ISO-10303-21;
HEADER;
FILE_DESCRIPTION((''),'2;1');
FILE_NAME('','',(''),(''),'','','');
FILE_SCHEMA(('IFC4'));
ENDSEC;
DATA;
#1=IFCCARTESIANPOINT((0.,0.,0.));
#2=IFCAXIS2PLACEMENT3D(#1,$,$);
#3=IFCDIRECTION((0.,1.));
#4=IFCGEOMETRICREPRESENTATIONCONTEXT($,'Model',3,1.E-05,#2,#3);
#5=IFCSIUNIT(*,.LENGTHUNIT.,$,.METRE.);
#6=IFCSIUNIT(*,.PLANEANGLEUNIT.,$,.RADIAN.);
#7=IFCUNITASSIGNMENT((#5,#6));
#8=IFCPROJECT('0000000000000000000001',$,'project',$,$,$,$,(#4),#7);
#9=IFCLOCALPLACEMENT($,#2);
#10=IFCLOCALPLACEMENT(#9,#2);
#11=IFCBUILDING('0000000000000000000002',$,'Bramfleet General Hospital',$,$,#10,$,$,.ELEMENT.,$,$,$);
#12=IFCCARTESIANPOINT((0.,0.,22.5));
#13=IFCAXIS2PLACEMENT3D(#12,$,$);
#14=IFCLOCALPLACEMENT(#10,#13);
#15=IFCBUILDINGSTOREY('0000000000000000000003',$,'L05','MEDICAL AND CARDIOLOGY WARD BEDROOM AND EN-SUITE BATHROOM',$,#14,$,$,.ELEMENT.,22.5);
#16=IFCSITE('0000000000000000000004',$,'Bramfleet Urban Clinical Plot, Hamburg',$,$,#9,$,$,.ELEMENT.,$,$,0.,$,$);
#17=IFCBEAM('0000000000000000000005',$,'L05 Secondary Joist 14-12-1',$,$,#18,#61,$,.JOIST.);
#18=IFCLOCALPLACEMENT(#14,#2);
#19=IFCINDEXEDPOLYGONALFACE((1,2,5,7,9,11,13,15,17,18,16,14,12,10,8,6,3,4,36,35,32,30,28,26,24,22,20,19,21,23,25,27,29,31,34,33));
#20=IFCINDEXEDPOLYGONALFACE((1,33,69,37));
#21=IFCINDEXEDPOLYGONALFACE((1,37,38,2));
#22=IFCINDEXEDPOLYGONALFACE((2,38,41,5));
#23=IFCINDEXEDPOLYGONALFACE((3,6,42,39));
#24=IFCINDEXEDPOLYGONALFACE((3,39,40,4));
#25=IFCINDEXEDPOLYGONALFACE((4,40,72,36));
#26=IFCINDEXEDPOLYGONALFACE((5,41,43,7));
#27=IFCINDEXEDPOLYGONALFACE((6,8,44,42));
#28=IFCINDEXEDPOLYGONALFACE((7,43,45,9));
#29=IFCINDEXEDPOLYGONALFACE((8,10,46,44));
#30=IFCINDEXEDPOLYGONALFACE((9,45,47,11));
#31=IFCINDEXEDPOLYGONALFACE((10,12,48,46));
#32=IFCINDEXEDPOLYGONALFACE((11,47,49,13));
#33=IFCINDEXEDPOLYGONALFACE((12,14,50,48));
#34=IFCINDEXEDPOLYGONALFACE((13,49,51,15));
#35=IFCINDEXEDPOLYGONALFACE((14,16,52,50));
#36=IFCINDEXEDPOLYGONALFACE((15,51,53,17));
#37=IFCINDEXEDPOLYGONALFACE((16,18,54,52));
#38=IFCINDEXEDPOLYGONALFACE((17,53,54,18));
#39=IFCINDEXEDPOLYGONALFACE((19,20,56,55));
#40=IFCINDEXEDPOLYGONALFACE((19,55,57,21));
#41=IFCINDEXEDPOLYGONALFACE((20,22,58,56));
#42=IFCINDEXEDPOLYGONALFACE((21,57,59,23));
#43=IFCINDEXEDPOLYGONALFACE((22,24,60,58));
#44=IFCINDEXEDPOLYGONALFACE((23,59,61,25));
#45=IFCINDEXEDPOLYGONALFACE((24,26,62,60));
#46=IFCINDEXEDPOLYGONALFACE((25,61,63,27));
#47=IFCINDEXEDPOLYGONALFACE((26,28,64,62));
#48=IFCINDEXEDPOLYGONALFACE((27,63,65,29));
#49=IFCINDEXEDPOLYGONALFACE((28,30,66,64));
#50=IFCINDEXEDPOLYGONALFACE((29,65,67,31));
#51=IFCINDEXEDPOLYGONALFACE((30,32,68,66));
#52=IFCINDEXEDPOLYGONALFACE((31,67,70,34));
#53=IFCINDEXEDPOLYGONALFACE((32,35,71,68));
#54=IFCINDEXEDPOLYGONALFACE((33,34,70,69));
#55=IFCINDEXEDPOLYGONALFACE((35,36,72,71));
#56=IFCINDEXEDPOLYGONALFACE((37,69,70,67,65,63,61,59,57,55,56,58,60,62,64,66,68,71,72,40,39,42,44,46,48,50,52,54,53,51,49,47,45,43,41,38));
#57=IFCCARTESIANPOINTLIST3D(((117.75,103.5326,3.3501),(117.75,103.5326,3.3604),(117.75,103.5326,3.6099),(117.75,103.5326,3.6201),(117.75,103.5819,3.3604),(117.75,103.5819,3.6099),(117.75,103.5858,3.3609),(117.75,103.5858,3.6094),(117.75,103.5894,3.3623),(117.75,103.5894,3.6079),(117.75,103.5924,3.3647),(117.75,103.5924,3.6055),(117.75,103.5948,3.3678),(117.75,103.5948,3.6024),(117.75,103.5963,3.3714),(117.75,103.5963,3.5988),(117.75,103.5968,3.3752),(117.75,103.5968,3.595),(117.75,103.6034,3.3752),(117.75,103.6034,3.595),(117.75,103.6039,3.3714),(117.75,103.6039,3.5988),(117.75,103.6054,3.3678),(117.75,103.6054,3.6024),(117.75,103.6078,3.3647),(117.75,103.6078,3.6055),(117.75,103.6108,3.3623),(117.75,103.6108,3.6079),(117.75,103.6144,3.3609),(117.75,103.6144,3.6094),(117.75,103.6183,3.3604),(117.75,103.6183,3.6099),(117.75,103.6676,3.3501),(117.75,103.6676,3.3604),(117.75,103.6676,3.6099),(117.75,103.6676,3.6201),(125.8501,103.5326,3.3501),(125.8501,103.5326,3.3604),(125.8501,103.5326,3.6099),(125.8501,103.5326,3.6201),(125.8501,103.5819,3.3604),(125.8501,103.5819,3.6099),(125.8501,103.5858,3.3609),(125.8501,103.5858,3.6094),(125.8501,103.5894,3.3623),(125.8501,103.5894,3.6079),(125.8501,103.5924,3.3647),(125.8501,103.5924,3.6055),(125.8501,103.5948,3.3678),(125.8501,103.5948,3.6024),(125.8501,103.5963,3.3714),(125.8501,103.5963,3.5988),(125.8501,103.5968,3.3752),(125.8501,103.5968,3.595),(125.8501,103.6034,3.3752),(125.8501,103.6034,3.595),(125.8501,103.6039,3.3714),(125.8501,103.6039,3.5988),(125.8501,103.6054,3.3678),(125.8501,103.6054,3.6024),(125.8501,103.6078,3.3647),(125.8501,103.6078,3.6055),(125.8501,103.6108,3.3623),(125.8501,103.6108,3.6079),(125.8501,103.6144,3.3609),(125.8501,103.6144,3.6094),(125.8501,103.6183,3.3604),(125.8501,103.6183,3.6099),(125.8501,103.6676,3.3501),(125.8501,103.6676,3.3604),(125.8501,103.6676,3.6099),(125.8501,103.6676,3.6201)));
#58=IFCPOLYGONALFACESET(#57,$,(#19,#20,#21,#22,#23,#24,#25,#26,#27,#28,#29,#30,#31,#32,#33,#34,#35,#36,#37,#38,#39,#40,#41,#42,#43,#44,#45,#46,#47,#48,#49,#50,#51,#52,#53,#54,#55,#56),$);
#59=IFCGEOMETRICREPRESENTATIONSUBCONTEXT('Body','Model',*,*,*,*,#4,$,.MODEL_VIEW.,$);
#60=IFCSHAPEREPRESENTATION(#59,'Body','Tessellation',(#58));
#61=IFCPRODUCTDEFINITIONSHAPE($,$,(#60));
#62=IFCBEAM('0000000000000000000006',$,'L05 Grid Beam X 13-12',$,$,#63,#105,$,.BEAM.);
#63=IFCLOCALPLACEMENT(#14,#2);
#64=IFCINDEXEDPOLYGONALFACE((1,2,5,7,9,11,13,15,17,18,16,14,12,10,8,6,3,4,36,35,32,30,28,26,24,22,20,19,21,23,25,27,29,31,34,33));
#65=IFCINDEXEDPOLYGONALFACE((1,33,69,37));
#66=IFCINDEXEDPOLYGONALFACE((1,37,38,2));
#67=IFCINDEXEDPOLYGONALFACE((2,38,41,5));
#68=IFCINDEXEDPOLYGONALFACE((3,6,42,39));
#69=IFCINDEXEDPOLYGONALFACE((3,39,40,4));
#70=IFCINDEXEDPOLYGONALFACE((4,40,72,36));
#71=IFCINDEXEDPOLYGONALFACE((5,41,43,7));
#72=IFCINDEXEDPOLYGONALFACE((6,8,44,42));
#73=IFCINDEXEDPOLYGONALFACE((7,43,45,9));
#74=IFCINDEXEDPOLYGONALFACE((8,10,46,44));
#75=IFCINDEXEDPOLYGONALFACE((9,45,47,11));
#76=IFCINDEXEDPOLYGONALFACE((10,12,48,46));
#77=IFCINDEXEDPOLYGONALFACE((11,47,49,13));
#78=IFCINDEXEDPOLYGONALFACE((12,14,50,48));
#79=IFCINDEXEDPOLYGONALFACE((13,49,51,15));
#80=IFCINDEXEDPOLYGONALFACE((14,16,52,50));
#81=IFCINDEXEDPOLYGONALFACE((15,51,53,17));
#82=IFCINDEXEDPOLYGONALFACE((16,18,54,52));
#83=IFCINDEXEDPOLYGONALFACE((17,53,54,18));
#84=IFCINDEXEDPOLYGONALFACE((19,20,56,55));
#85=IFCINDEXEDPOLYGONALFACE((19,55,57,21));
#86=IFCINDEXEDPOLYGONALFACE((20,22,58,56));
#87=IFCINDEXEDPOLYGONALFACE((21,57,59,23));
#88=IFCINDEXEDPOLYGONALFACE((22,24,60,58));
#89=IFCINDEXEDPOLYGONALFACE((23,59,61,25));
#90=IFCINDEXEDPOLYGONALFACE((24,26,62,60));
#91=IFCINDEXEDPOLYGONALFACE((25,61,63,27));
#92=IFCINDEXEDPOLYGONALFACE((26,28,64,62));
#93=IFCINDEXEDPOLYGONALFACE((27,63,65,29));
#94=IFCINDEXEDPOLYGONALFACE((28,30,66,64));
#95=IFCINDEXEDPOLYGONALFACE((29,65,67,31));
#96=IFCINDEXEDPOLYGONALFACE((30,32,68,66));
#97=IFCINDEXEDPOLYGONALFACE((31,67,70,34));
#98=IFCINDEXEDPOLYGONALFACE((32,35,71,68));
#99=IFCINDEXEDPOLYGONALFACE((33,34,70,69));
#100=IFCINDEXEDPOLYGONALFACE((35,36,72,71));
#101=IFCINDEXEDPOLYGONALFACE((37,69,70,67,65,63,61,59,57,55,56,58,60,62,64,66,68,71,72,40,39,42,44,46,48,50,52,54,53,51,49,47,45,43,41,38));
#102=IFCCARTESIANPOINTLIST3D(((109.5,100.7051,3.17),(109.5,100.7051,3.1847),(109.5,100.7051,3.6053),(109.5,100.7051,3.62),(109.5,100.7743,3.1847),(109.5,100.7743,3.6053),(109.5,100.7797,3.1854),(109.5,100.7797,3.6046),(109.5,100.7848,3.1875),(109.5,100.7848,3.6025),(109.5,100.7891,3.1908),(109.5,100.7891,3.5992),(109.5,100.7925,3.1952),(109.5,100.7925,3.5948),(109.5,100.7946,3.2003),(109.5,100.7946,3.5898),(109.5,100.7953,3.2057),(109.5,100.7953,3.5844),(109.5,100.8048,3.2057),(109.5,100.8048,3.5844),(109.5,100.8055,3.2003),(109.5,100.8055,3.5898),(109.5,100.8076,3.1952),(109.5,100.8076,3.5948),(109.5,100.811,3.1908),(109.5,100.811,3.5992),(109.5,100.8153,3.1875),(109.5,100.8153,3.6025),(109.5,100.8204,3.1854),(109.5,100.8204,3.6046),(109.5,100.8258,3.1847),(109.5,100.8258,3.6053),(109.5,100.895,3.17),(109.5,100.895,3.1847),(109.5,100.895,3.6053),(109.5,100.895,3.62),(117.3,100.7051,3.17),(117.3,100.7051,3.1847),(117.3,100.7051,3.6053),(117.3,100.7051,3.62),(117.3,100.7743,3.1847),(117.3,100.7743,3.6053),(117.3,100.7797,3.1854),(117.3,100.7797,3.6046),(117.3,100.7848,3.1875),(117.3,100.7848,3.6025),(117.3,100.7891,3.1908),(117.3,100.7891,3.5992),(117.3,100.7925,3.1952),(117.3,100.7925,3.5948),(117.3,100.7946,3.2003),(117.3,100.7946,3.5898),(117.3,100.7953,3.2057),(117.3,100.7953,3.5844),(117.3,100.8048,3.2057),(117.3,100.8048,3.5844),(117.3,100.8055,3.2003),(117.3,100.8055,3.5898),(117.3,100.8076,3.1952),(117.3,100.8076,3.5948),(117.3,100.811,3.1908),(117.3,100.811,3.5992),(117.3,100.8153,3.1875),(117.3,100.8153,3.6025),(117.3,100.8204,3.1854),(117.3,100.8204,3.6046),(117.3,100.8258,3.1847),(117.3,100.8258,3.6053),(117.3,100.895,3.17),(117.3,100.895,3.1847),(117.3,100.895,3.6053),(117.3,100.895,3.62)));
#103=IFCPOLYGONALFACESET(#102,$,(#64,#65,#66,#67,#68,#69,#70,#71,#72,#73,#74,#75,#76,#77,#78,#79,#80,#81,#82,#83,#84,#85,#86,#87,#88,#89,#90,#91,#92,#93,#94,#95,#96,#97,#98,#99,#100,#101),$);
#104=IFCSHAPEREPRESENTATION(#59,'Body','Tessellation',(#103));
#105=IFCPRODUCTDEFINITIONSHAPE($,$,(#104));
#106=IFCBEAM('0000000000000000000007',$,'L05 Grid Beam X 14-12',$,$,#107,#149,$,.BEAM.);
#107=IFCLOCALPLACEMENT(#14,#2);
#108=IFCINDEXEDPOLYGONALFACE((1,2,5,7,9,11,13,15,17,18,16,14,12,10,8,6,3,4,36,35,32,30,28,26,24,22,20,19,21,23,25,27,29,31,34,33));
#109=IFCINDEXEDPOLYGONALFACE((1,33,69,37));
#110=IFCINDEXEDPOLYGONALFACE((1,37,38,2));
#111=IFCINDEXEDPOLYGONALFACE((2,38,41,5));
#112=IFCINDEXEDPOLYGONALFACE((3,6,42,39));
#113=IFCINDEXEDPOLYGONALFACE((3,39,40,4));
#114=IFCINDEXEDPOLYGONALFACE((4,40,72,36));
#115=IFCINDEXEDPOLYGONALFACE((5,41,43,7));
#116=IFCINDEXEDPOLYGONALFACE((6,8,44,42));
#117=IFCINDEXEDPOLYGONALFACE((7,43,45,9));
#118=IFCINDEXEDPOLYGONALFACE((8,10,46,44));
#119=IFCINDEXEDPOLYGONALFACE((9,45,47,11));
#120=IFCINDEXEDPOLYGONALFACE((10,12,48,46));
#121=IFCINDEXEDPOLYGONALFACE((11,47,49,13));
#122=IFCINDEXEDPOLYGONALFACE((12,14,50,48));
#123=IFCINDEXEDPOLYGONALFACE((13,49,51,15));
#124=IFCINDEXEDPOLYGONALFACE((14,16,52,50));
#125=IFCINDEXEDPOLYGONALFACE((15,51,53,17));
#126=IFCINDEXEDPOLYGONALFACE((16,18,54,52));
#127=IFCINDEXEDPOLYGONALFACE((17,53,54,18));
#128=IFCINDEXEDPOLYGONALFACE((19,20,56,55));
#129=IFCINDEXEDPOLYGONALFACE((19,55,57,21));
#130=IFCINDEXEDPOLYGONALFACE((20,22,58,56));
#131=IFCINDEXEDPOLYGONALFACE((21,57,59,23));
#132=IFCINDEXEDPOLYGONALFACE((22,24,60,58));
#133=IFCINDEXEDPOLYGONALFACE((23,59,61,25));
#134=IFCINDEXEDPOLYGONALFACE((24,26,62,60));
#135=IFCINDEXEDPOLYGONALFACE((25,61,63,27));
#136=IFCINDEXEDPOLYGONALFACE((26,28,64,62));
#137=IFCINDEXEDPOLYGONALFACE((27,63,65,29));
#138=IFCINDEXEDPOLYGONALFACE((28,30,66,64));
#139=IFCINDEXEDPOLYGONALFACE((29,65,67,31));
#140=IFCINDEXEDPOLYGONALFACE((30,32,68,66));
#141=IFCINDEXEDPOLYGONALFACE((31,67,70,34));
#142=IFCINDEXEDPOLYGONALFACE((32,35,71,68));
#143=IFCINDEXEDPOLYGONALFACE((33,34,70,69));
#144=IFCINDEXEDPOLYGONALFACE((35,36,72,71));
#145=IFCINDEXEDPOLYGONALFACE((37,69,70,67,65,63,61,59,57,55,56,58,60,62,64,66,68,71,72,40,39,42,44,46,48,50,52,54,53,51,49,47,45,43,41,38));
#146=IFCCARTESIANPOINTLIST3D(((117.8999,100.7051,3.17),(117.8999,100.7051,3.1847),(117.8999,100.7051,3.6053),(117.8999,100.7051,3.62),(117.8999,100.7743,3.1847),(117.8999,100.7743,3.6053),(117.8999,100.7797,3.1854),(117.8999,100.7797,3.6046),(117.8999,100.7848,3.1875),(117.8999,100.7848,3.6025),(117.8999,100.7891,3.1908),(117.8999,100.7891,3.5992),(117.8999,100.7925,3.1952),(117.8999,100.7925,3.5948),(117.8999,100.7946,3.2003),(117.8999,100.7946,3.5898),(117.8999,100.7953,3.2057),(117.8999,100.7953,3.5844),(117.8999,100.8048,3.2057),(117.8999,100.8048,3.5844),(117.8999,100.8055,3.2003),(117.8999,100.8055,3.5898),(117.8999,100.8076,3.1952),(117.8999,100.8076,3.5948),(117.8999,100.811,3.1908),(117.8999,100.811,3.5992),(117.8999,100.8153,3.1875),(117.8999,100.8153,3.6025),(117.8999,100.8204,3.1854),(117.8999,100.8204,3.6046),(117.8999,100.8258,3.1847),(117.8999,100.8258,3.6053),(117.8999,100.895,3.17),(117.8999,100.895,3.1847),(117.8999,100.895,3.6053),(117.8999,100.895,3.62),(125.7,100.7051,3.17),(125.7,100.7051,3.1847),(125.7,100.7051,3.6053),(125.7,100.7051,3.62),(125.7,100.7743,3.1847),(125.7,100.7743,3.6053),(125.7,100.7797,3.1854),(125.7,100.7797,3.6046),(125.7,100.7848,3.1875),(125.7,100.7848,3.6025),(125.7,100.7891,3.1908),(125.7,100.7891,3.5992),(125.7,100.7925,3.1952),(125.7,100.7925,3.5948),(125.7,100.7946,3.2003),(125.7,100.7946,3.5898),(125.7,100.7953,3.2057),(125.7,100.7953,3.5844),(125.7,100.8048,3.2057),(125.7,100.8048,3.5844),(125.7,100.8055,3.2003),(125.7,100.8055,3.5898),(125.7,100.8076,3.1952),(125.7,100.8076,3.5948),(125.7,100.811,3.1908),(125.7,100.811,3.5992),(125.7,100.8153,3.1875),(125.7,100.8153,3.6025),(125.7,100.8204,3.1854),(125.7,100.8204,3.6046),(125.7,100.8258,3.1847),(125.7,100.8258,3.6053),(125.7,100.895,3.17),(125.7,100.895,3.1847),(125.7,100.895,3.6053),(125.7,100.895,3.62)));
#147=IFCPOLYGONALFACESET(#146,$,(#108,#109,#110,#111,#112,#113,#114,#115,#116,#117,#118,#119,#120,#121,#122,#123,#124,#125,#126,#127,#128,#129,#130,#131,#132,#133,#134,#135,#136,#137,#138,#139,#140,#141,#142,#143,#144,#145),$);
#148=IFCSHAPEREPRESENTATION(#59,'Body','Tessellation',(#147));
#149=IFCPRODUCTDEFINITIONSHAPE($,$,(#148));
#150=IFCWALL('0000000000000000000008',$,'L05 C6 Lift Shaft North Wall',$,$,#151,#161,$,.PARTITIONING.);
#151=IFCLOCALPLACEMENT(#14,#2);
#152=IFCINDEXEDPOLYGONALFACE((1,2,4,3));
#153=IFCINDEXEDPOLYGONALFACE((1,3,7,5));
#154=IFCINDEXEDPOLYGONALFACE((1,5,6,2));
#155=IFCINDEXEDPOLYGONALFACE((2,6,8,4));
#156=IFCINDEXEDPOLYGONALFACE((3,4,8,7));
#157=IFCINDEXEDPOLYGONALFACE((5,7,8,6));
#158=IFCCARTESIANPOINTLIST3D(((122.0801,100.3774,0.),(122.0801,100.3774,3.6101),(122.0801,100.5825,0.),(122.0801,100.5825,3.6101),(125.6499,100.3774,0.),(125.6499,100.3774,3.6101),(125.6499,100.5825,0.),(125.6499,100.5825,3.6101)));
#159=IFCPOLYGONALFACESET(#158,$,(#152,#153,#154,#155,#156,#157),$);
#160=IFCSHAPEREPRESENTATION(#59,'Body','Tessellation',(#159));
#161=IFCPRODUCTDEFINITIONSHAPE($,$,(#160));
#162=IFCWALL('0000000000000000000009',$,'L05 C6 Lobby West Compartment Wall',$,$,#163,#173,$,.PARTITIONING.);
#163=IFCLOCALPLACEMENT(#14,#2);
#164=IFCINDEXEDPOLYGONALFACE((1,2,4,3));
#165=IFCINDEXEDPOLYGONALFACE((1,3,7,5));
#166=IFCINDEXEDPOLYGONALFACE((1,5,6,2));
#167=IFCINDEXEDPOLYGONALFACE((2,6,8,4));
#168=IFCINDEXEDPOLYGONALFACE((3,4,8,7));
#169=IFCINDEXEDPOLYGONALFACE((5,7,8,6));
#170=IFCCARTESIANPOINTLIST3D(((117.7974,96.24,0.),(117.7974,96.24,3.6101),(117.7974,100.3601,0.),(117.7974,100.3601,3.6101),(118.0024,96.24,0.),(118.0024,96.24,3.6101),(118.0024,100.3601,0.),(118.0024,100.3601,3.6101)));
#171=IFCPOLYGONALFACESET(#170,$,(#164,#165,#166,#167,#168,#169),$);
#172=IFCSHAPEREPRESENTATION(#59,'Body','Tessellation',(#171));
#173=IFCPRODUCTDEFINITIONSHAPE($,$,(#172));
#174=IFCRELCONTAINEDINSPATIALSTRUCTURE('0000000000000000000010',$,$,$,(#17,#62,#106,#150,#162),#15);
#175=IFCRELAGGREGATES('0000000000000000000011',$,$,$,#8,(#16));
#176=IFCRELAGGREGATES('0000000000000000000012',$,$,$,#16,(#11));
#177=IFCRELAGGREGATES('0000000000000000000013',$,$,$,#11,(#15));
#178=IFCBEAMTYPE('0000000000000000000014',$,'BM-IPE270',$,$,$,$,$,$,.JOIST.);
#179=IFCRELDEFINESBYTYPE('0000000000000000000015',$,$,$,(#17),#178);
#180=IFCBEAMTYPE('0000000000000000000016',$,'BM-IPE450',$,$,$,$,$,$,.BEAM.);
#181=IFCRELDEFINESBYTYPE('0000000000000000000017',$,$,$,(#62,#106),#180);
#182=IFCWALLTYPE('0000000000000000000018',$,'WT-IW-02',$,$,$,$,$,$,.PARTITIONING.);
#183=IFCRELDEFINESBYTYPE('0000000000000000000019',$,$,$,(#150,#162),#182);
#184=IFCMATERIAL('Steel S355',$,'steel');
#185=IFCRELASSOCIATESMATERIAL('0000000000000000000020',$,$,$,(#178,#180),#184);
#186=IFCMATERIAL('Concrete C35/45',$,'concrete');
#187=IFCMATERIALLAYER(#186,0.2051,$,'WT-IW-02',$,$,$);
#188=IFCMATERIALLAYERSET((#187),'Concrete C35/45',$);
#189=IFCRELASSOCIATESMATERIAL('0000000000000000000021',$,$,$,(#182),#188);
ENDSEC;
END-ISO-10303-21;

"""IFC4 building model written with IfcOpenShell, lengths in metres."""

from ifc_helpers import new_model, si_unit, direction, frame, frame_2d, origin, origin_2d, place, context, subcontext, project, spatial, rectangle, i_section, extrude, material, layer, layer_set, material_profile, profile_set, type_object, element, save


model = new_model("IFC4")

# Units and contexts
model_context = context("Model", 3, precision=1e-05, world=origin(), true_north=direction((0.0, 1.0)))
body_context = subcontext(model_context, "Body", "Model", "MODEL_VIEW")
ifc_project = project(units=[si_unit("LENGTHUNIT", "METRE"), si_unit("PLANEANGLEUNIT", "RADIAN")], contexts=[model_context])

# Site, building, storey
site_placement = place(None, origin())
site = spatial("IfcSite", under=ifc_project, at=site_placement, Name="Bramfleet Urban Clinical Plot, Hamburg", CompositionType="ELEMENT", RefElevation=0.0)
building_placement = place(site_placement, origin())
building = spatial("IfcBuilding", under=site, at=building_placement, Name="Bramfleet General Hospital", CompositionType="ELEMENT")
storey_placement = place(building_placement, frame((0.0, 0.0, 22.5)))
storey = spatial("IfcBuildingStorey", under=building, at=storey_placement, Name="L05", Description="MEDICAL AND CARDIOLOGY WARD BEDROOM AND EN-SUITE BATHROOM", CompositionType="ELEMENT", Elevation=22.5)

# Beams
ifc_material_1 = material(Name="Steel S355", Category="steel")
ifc_material_profile_1 = material_profile(ifc_material_1, i_section(OverallWidth=0.135, OverallDepth=0.27, WebThickness=0.0066, FlangeThickness=0.0103, FilletRadius=0.0149, at=origin_2d()), Name="IPE 270")
ifc_profile_set_1 = profile_set([ifc_material_profile_1], Name="Steel S355")
beam_type_1 = type_object("IfcBeamType", Name="BM-IPE270", PredefinedType="JOIST", material=ifc_profile_set_1)
beam_1_placement = place(storey_placement, frame((117.75, 103.6001, 3.4851), z_axis=(1.0, 0.0, 0.0), x_axis=(0.0, 1.0, 0.0)))
element("IfcBeam", 1, at=beam_1_placement, inside=storey, type_object=beam_type_1, Name="L05 Secondary Joist 14-12-1", PredefinedType="JOIST", context=body_context, shape_type="SweptSolid", body=[
    extrude(i_section(OverallWidth=0.135, OverallDepth=0.27, WebThickness=0.0066, FlangeThickness=0.0103, FilletRadius=0.0149, at=origin_2d()), origin(), (0.0, 0.0, 1.0), 8.1001),
])
ifc_material_profile_2 = material_profile(ifc_material_1, i_section(OverallWidth=0.1899, OverallDepth=0.45, WebThickness=0.0095, FlangeThickness=0.0146, FilletRadius=0.021, at=origin_2d()), Name="IPE 450")
ifc_profile_set_2 = profile_set([ifc_material_profile_2], Name="Steel S355")
beam_type_2 = type_object("IfcBeamType", Name="BM-IPE450", PredefinedType="BEAM", material=ifc_profile_set_2)
for number, where, z_axis, x_axis, name in (
    (2, (109.5, 100.8, 3.395), (1.0, 0.0, 0.0), (0.0, 1.0, 0.0), "L05 Grid Beam X 13-12"),
    (3, (117.8999, 100.8, 3.395), (1.0, 0.0, 0.0), (0.0, 1.0, 0.0), "L05 Grid Beam X 14-12"),
):
    element("IfcBeam", number, at=place(storey_placement, frame(where, z_axis=z_axis, x_axis=x_axis)), inside=storey, type_object=beam_type_2, Name=name, PredefinedType="BEAM", context=body_context, shape_type="SweptSolid", body=[
        extrude(i_section(OverallWidth=0.1899, OverallDepth=0.45, WebThickness=0.0095, FlangeThickness=0.0146, FilletRadius=0.021, at=origin_2d()), origin(), (0.0, 0.0, 1.0), 7.8),
    ])

# Shared definitions
ifc_material_2 = material(Name="Concrete C35/45", Category="concrete")
ifc_layer_1 = layer(ifc_material_2, 0.2051, Name="WT-IW-02")
ifc_layer_set_1 = layer_set([ifc_layer_1], Name="Concrete C35/45")
wall_type_1 = type_object("IfcWallType", Name="WT-IW-02", PredefinedType="PARTITIONING", material=ifc_layer_set_1)

# Walls
wall_1_placement = place(storey_placement, frame((122.0801, 100.48, 0.0), z_axis=(0.0, 0.0, 1.0), x_axis=(1.0, 0.0, 0.0)))
element("IfcWall", 4, at=wall_1_placement, inside=storey, type_object=wall_type_1, Name="L05 C6 Lift Shaft North Wall", PredefinedType="PARTITIONING", context=body_context, shape_type="SweptSolid", body=[
    extrude(rectangle(XDim=3.5698, YDim=0.2051, at=frame_2d((1.7849, 0.0))), origin(), (0.0, 0.0, 1.0), 3.6101),
])
wall_2_placement = place(storey_placement, frame((117.8999, 96.24, 0.0), z_axis=(0.0, 0.0, 1.0), x_axis=(0.0, 1.0, 0.0)))
element("IfcWall", 5, at=wall_2_placement, inside=storey, type_object=wall_type_1, Name="L05 C6 Lobby West Compartment Wall", PredefinedType="PARTITIONING", context=body_context, shape_type="SweptSolid", body=[
    extrude(rectangle(XDim=4.1201, YDim=0.2051, at=frame_2d((2.0601, 0.0))), origin(), (0.0, 0.0, 1.0), 3.6101),
])

save(model, "model.ifc")
